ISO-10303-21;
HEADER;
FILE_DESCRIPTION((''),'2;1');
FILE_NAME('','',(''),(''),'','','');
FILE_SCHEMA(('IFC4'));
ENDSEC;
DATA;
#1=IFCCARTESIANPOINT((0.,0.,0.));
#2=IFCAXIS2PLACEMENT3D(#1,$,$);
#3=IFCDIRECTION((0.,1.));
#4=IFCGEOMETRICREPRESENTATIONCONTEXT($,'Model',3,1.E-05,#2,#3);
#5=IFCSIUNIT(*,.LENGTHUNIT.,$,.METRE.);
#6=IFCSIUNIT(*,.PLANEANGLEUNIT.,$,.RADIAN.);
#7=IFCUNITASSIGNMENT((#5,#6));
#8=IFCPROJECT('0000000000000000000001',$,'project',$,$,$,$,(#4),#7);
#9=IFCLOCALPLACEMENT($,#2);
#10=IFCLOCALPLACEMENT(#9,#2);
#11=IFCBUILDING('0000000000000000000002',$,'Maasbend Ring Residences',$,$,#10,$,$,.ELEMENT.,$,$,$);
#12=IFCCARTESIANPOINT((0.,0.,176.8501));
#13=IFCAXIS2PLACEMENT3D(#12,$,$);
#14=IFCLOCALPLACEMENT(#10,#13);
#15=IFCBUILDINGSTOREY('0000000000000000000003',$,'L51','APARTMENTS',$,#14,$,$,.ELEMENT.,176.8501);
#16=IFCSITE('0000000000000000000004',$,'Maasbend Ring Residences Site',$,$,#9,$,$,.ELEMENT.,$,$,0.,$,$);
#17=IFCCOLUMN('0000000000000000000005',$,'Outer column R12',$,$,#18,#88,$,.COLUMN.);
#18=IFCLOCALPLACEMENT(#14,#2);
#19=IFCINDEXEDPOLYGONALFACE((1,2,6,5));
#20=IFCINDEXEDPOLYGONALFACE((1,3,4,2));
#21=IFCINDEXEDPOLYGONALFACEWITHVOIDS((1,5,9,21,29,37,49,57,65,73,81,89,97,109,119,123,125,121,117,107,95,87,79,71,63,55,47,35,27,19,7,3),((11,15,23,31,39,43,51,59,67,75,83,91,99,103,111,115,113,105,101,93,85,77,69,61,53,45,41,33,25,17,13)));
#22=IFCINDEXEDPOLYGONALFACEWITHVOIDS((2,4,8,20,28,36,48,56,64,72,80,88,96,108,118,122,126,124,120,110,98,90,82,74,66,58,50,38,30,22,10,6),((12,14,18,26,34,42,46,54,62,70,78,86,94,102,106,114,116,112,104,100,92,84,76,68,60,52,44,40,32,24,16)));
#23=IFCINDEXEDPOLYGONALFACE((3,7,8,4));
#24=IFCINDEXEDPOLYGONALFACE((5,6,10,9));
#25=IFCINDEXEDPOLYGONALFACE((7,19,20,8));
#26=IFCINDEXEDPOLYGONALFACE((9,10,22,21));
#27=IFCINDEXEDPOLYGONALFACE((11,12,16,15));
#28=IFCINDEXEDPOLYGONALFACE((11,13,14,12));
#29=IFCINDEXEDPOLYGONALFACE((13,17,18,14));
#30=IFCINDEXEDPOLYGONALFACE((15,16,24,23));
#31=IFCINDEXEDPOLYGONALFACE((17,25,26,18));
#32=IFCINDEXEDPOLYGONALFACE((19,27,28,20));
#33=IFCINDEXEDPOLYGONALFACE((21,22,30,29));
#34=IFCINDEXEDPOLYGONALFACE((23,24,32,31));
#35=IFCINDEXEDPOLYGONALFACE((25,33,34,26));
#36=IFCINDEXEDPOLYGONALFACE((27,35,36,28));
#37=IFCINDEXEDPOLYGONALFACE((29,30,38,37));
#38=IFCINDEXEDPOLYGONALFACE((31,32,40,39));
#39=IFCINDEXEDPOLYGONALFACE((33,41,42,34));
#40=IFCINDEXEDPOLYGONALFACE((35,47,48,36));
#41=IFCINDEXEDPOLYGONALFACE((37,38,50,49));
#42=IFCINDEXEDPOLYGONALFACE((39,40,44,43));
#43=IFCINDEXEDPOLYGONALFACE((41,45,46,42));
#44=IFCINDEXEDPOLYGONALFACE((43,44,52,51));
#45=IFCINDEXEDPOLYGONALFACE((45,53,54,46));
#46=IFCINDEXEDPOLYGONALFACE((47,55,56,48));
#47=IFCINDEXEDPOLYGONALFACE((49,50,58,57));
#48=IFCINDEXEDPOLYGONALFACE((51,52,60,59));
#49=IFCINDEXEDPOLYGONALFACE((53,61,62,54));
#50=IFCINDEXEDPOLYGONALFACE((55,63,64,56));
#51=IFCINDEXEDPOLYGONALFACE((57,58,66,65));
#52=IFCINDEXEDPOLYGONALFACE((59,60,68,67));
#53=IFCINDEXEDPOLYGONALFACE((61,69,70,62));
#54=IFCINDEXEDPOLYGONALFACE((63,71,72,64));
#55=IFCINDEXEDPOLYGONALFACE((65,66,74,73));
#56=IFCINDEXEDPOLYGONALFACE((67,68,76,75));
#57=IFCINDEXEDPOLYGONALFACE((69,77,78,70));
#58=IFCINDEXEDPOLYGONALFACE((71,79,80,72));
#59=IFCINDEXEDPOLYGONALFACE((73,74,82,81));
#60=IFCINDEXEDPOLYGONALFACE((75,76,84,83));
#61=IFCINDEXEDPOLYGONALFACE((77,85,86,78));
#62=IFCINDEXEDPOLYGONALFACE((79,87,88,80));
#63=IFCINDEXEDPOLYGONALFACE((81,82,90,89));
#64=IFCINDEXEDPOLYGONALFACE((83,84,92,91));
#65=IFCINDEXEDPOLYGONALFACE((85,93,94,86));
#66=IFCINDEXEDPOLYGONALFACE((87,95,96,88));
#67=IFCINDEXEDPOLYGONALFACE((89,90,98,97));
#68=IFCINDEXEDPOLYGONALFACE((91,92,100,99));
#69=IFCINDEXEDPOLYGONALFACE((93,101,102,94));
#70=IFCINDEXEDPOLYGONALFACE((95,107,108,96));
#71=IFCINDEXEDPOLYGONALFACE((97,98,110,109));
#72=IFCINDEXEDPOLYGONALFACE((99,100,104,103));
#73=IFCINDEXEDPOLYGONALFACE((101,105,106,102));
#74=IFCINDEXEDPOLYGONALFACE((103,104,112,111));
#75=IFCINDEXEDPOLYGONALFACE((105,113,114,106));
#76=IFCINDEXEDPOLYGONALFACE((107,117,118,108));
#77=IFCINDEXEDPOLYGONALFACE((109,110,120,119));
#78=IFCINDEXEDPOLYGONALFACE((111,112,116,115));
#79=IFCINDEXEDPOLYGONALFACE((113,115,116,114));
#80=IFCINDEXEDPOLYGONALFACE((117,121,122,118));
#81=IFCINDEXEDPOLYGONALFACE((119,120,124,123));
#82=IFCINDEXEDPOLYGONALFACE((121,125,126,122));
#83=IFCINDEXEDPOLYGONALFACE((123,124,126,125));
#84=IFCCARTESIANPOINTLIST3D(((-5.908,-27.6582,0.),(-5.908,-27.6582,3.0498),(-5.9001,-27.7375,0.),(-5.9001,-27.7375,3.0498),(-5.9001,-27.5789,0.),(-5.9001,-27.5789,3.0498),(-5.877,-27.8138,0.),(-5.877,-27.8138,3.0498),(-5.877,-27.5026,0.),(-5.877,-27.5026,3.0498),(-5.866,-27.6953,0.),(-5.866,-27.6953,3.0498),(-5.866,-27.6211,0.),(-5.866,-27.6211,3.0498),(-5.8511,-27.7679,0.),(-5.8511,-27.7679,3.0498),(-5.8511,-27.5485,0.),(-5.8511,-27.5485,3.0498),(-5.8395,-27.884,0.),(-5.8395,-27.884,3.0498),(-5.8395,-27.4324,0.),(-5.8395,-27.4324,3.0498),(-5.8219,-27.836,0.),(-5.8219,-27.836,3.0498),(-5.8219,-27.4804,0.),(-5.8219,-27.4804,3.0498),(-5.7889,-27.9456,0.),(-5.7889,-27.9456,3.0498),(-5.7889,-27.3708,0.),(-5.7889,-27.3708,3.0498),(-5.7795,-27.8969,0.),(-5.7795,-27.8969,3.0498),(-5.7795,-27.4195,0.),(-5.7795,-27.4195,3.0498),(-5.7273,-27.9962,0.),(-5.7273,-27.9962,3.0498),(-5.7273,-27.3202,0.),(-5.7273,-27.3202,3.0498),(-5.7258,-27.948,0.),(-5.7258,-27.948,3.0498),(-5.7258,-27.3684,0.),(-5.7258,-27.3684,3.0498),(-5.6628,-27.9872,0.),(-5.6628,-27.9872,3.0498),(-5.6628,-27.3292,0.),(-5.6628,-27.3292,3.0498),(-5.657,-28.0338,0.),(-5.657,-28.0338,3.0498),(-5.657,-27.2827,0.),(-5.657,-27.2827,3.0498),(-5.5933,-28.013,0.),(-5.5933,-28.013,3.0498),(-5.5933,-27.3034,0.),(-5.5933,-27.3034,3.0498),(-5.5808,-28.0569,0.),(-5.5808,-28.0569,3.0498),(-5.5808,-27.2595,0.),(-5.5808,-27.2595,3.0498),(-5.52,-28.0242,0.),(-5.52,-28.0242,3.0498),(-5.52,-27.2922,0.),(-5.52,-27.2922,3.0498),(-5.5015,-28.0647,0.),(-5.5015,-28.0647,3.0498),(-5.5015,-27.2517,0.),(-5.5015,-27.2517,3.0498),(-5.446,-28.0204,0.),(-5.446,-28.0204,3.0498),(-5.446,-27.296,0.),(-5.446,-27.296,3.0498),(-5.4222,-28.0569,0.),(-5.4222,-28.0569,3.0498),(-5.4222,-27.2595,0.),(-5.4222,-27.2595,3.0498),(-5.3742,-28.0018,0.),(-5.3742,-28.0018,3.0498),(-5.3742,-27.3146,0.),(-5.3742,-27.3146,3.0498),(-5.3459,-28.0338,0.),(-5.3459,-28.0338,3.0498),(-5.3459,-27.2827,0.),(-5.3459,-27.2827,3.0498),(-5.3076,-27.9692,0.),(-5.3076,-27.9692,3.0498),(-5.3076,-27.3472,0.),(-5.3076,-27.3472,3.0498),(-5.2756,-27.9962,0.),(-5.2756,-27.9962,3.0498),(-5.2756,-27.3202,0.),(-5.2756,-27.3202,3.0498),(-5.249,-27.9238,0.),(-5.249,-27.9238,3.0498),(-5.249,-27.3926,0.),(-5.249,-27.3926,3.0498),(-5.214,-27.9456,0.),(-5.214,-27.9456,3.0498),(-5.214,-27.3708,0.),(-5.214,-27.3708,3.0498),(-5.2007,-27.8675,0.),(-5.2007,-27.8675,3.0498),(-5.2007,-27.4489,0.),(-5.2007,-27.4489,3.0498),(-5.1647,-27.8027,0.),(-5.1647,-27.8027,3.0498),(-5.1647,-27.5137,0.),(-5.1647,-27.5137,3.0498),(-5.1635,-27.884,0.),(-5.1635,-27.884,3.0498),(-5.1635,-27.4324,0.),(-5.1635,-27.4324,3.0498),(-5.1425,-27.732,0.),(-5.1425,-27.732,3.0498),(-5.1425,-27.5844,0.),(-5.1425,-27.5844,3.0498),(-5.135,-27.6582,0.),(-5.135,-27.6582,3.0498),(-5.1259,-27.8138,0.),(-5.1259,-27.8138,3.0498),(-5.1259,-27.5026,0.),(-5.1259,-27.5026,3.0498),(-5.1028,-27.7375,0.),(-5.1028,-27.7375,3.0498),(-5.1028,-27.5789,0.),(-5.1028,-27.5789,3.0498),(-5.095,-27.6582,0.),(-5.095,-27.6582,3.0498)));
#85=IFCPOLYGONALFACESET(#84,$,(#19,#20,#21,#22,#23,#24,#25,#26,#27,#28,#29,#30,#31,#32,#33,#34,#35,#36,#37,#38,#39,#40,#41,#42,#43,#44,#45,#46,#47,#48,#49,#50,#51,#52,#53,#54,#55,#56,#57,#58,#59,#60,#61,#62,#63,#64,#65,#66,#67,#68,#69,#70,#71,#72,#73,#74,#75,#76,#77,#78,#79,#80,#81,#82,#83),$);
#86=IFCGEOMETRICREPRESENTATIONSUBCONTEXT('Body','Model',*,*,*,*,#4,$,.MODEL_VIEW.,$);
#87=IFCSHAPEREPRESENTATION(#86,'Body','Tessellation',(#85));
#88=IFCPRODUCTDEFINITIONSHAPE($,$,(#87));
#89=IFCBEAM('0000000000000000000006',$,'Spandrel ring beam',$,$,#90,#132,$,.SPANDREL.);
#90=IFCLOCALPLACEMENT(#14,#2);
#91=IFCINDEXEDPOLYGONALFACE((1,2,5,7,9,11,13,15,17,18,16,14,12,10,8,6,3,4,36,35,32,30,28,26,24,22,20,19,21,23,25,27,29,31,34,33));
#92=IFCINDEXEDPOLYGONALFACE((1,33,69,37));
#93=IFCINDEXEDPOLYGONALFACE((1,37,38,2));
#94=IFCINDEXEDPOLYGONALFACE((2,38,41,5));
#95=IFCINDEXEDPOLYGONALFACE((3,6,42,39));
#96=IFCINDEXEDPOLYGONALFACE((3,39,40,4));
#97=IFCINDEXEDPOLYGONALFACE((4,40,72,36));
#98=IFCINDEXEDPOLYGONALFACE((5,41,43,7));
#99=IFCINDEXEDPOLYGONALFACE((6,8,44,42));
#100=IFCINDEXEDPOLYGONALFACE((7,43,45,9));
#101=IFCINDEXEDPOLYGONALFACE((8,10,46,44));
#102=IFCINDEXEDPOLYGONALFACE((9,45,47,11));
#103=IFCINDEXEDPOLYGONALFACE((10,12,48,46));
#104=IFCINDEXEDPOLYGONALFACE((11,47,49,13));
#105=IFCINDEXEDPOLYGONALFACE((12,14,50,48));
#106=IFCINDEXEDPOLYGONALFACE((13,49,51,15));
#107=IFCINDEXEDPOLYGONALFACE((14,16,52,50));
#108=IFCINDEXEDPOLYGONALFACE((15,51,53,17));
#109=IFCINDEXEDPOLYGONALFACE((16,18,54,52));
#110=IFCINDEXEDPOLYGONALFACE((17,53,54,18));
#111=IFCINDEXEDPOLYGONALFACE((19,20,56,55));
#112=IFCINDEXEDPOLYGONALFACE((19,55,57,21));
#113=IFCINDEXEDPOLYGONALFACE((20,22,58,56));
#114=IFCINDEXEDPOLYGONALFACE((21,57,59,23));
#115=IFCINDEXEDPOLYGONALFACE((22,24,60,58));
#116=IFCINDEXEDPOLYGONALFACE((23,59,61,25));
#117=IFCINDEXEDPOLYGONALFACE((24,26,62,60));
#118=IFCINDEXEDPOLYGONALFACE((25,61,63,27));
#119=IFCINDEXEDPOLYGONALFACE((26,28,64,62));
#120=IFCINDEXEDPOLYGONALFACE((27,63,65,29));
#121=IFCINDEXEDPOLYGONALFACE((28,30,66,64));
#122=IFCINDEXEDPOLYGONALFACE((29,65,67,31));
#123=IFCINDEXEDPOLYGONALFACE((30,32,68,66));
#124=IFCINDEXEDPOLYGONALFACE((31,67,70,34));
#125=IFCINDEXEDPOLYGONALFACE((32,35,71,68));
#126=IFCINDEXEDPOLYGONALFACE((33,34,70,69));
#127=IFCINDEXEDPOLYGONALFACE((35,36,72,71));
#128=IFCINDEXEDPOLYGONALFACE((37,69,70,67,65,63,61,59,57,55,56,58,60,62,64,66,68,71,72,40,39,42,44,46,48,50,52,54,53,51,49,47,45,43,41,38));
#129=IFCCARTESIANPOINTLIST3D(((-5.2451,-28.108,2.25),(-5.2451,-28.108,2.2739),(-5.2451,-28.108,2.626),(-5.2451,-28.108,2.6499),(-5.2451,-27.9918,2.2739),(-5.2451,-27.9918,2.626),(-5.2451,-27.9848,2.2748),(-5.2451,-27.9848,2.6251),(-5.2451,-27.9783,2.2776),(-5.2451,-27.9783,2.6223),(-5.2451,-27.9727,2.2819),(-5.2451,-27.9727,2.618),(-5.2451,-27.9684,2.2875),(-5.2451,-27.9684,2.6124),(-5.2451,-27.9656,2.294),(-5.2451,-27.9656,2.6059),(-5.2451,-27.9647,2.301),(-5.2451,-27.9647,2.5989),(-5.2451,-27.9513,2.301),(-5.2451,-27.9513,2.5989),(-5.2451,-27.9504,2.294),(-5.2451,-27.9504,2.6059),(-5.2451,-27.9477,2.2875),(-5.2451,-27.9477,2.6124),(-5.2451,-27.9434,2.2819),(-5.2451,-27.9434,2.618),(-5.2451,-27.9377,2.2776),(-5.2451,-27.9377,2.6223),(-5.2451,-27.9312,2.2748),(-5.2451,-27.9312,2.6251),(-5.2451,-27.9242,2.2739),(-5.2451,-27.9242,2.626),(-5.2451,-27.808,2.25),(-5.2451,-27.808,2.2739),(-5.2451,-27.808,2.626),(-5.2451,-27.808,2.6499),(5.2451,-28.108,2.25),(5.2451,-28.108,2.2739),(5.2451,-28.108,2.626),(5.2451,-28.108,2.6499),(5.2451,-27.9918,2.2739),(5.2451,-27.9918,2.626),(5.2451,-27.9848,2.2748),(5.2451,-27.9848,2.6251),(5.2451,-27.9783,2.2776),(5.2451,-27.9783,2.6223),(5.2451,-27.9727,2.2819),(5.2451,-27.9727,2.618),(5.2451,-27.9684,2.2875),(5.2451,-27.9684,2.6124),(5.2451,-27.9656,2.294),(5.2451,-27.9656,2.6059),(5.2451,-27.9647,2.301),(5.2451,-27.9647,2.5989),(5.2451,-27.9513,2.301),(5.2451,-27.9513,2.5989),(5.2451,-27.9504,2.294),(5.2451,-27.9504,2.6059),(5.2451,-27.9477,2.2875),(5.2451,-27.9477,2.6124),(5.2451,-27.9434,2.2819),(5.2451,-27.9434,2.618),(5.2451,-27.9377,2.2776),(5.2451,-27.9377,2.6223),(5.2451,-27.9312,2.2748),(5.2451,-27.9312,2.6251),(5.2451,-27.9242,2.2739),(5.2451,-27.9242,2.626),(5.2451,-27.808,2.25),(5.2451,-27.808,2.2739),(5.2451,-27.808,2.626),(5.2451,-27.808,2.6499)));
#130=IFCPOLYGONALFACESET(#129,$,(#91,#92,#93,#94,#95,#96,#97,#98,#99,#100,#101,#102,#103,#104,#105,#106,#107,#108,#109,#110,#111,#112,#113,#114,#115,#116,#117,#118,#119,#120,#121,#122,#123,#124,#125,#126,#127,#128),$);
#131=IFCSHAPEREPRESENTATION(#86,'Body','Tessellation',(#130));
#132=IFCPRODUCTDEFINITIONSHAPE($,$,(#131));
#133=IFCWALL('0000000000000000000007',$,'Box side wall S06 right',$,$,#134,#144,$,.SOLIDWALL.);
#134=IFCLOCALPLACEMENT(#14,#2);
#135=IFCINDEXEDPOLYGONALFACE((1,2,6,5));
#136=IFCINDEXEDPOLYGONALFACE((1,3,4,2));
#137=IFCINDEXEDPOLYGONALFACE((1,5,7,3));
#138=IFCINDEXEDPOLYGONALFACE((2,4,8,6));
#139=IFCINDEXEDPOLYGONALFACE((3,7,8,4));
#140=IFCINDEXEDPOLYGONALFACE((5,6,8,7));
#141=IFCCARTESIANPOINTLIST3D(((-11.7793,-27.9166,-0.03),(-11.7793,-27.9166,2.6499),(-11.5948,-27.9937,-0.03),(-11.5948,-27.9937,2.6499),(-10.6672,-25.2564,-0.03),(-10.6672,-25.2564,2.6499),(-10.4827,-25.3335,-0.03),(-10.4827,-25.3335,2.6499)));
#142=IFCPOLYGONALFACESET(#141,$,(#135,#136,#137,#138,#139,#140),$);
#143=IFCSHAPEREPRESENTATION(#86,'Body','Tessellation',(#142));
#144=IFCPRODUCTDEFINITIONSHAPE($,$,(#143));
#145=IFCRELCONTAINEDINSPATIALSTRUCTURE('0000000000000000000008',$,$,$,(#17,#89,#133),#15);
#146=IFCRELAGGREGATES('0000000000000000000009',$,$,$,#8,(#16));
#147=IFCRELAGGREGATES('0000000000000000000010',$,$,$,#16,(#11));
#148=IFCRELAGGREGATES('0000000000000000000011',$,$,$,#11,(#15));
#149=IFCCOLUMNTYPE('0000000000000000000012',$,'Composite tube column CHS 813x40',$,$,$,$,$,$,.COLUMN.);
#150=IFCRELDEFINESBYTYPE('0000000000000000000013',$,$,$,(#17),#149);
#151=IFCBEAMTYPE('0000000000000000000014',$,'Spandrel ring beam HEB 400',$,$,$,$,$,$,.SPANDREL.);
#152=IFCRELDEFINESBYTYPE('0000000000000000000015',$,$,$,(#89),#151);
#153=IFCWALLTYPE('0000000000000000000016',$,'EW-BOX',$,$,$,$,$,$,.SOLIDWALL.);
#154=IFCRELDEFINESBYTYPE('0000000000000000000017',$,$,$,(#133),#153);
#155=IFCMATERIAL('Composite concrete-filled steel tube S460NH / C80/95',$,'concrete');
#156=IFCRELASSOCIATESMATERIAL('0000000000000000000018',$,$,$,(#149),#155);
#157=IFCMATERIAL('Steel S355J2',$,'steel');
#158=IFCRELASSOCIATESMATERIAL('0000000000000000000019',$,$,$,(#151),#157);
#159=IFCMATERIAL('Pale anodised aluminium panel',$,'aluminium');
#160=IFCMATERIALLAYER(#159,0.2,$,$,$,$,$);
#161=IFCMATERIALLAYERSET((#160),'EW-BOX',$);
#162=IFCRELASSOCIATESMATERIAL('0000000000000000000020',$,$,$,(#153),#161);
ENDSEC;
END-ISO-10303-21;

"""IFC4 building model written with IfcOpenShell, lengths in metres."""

from ifc_helpers import new_model, si_unit, direction, frame, frame_2d, origin, origin_2d, place, context, subcontext, project, spatial, rectangle, hollow_circle, i_section, extrude, material, layer, layer_set, material_profile, profile_set, type_object, element, save


model = new_model("IFC4")

# Units and contexts
model_context = context("Model", 3, precision=1e-05, world=origin(), true_north=direction((0.0, 1.0)))
body_context = subcontext(model_context, "Body", "Model", "MODEL_VIEW")
ifc_project = project(units=[si_unit("LENGTHUNIT", "METRE"), si_unit("PLANEANGLEUNIT", "RADIAN")], contexts=[model_context])

# Site, building, storey
site_placement = place(None, origin())
site = spatial("IfcSite", under=ifc_project, at=site_placement, Name="Maasbend Ring Residences Site", CompositionType="ELEMENT", RefElevation=0.0)
building_placement = place(site_placement, origin())
building = spatial("IfcBuilding", under=site, at=building_placement, Name="Maasbend Ring Residences", CompositionType="ELEMENT")
storey_placement = place(building_placement, frame((0.0, 0.0, 176.8501)))
storey = spatial("IfcBuildingStorey", under=building, at=storey_placement, Name="L51", Description="APARTMENTS", CompositionType="ELEMENT", Elevation=176.8501)

# Column
ifc_material_1 = material(Name="Composite concrete-filled steel tube S460NH / C80/95", Category="concrete")
ifc_material_profile_1 = material_profile(ifc_material_1, hollow_circle(Radius=0.4065, WallThickness=0.04, at=origin_2d()), Name="Composite tube column CHS 813x40")
ifc_profile_set_1 = profile_set([ifc_material_profile_1], Name="Composite concrete-filled steel tube S460NH / C80/95")
column_type = type_object("IfcColumnType", Name="Composite tube column CHS 813x40", PredefinedType="COLUMN", material=ifc_profile_set_1)
column_placement = place(storey_placement, frame((-5.5015, -27.6582, 0.0), z_axis=(0.0, 0.0, 1.0), x_axis=(1.0, 0.0, 0.0)))
element("IfcColumn", 1, at=column_placement, inside=storey, type_object=column_type, Name="Outer column R12", PredefinedType="COLUMN", context=body_context, shape_type="SweptSolid", body=[
    extrude(hollow_circle(Radius=0.4065, WallThickness=0.04, at=origin_2d()), origin(), (0.0, 0.0, 1.0), 3.0498),
])

# Beam
ifc_material_2 = material(Name="Steel S355J2", Category="steel")
ifc_material_profile_2 = material_profile(ifc_material_2, i_section(OverallWidth=0.3, OverallDepth=0.3999, WebThickness=0.0134, FlangeThickness=0.0239, FilletRadius=0.0271, at=origin_2d()), Name="HEB 400")
ifc_profile_set_2 = profile_set([ifc_material_profile_2], Name="Steel S355J2")
beam_type = type_object("IfcBeamType", Name="Spandrel ring beam HEB 400", PredefinedType="SPANDREL", material=ifc_profile_set_2)
beam_placement = place(storey_placement, frame((-5.2451, -27.958, 2.45), z_axis=(1.0, 0.0, 0.0), x_axis=(0.0, 1.0, 0.0)))
element("IfcBeam", 2, at=beam_placement, inside=storey, type_object=beam_type, Name="Spandrel ring beam", PredefinedType="SPANDREL", context=body_context, shape_type="SweptSolid", body=[
    extrude(i_section(OverallWidth=0.3, OverallDepth=0.3999, WebThickness=0.0134, FlangeThickness=0.0239, FilletRadius=0.0271, at=origin_2d()), origin(), (0.0, 0.0, 1.0), 10.4902),
])

# Wall
ifc_material_3 = material(Name="Pale anodised aluminium panel", Category="aluminium")
ifc_layer_1 = layer(ifc_material_3, 0.2)
ifc_layer_set_1 = layer_set([ifc_layer_1], Name="EW-BOX")
wall_type_1 = type_object("IfcWallType", Name="EW-BOX", PredefinedType="SOLIDWALL", material=ifc_layer_set_1)
wall_1_placement = place(storey_placement, frame((-10.575, -25.2949, -0.03), z_axis=(0.0, 0.0, 1.0), x_axis=(-0.385697, -0.922625, 0.0)))
element("IfcWall", 3, at=wall_1_placement, inside=storey, type_object=wall_type_1, Name="Box side wall S06 right", PredefinedType="SOLIDWALL", context=body_context, shape_type="SweptSolid", body=[
    extrude(rectangle(XDim=2.8833, YDim=0.2, at=frame_2d((1.4417, 0.0))), origin(), (0.0, 0.0, 1.0), 2.6799),
])

save(model, "model.ifc")
